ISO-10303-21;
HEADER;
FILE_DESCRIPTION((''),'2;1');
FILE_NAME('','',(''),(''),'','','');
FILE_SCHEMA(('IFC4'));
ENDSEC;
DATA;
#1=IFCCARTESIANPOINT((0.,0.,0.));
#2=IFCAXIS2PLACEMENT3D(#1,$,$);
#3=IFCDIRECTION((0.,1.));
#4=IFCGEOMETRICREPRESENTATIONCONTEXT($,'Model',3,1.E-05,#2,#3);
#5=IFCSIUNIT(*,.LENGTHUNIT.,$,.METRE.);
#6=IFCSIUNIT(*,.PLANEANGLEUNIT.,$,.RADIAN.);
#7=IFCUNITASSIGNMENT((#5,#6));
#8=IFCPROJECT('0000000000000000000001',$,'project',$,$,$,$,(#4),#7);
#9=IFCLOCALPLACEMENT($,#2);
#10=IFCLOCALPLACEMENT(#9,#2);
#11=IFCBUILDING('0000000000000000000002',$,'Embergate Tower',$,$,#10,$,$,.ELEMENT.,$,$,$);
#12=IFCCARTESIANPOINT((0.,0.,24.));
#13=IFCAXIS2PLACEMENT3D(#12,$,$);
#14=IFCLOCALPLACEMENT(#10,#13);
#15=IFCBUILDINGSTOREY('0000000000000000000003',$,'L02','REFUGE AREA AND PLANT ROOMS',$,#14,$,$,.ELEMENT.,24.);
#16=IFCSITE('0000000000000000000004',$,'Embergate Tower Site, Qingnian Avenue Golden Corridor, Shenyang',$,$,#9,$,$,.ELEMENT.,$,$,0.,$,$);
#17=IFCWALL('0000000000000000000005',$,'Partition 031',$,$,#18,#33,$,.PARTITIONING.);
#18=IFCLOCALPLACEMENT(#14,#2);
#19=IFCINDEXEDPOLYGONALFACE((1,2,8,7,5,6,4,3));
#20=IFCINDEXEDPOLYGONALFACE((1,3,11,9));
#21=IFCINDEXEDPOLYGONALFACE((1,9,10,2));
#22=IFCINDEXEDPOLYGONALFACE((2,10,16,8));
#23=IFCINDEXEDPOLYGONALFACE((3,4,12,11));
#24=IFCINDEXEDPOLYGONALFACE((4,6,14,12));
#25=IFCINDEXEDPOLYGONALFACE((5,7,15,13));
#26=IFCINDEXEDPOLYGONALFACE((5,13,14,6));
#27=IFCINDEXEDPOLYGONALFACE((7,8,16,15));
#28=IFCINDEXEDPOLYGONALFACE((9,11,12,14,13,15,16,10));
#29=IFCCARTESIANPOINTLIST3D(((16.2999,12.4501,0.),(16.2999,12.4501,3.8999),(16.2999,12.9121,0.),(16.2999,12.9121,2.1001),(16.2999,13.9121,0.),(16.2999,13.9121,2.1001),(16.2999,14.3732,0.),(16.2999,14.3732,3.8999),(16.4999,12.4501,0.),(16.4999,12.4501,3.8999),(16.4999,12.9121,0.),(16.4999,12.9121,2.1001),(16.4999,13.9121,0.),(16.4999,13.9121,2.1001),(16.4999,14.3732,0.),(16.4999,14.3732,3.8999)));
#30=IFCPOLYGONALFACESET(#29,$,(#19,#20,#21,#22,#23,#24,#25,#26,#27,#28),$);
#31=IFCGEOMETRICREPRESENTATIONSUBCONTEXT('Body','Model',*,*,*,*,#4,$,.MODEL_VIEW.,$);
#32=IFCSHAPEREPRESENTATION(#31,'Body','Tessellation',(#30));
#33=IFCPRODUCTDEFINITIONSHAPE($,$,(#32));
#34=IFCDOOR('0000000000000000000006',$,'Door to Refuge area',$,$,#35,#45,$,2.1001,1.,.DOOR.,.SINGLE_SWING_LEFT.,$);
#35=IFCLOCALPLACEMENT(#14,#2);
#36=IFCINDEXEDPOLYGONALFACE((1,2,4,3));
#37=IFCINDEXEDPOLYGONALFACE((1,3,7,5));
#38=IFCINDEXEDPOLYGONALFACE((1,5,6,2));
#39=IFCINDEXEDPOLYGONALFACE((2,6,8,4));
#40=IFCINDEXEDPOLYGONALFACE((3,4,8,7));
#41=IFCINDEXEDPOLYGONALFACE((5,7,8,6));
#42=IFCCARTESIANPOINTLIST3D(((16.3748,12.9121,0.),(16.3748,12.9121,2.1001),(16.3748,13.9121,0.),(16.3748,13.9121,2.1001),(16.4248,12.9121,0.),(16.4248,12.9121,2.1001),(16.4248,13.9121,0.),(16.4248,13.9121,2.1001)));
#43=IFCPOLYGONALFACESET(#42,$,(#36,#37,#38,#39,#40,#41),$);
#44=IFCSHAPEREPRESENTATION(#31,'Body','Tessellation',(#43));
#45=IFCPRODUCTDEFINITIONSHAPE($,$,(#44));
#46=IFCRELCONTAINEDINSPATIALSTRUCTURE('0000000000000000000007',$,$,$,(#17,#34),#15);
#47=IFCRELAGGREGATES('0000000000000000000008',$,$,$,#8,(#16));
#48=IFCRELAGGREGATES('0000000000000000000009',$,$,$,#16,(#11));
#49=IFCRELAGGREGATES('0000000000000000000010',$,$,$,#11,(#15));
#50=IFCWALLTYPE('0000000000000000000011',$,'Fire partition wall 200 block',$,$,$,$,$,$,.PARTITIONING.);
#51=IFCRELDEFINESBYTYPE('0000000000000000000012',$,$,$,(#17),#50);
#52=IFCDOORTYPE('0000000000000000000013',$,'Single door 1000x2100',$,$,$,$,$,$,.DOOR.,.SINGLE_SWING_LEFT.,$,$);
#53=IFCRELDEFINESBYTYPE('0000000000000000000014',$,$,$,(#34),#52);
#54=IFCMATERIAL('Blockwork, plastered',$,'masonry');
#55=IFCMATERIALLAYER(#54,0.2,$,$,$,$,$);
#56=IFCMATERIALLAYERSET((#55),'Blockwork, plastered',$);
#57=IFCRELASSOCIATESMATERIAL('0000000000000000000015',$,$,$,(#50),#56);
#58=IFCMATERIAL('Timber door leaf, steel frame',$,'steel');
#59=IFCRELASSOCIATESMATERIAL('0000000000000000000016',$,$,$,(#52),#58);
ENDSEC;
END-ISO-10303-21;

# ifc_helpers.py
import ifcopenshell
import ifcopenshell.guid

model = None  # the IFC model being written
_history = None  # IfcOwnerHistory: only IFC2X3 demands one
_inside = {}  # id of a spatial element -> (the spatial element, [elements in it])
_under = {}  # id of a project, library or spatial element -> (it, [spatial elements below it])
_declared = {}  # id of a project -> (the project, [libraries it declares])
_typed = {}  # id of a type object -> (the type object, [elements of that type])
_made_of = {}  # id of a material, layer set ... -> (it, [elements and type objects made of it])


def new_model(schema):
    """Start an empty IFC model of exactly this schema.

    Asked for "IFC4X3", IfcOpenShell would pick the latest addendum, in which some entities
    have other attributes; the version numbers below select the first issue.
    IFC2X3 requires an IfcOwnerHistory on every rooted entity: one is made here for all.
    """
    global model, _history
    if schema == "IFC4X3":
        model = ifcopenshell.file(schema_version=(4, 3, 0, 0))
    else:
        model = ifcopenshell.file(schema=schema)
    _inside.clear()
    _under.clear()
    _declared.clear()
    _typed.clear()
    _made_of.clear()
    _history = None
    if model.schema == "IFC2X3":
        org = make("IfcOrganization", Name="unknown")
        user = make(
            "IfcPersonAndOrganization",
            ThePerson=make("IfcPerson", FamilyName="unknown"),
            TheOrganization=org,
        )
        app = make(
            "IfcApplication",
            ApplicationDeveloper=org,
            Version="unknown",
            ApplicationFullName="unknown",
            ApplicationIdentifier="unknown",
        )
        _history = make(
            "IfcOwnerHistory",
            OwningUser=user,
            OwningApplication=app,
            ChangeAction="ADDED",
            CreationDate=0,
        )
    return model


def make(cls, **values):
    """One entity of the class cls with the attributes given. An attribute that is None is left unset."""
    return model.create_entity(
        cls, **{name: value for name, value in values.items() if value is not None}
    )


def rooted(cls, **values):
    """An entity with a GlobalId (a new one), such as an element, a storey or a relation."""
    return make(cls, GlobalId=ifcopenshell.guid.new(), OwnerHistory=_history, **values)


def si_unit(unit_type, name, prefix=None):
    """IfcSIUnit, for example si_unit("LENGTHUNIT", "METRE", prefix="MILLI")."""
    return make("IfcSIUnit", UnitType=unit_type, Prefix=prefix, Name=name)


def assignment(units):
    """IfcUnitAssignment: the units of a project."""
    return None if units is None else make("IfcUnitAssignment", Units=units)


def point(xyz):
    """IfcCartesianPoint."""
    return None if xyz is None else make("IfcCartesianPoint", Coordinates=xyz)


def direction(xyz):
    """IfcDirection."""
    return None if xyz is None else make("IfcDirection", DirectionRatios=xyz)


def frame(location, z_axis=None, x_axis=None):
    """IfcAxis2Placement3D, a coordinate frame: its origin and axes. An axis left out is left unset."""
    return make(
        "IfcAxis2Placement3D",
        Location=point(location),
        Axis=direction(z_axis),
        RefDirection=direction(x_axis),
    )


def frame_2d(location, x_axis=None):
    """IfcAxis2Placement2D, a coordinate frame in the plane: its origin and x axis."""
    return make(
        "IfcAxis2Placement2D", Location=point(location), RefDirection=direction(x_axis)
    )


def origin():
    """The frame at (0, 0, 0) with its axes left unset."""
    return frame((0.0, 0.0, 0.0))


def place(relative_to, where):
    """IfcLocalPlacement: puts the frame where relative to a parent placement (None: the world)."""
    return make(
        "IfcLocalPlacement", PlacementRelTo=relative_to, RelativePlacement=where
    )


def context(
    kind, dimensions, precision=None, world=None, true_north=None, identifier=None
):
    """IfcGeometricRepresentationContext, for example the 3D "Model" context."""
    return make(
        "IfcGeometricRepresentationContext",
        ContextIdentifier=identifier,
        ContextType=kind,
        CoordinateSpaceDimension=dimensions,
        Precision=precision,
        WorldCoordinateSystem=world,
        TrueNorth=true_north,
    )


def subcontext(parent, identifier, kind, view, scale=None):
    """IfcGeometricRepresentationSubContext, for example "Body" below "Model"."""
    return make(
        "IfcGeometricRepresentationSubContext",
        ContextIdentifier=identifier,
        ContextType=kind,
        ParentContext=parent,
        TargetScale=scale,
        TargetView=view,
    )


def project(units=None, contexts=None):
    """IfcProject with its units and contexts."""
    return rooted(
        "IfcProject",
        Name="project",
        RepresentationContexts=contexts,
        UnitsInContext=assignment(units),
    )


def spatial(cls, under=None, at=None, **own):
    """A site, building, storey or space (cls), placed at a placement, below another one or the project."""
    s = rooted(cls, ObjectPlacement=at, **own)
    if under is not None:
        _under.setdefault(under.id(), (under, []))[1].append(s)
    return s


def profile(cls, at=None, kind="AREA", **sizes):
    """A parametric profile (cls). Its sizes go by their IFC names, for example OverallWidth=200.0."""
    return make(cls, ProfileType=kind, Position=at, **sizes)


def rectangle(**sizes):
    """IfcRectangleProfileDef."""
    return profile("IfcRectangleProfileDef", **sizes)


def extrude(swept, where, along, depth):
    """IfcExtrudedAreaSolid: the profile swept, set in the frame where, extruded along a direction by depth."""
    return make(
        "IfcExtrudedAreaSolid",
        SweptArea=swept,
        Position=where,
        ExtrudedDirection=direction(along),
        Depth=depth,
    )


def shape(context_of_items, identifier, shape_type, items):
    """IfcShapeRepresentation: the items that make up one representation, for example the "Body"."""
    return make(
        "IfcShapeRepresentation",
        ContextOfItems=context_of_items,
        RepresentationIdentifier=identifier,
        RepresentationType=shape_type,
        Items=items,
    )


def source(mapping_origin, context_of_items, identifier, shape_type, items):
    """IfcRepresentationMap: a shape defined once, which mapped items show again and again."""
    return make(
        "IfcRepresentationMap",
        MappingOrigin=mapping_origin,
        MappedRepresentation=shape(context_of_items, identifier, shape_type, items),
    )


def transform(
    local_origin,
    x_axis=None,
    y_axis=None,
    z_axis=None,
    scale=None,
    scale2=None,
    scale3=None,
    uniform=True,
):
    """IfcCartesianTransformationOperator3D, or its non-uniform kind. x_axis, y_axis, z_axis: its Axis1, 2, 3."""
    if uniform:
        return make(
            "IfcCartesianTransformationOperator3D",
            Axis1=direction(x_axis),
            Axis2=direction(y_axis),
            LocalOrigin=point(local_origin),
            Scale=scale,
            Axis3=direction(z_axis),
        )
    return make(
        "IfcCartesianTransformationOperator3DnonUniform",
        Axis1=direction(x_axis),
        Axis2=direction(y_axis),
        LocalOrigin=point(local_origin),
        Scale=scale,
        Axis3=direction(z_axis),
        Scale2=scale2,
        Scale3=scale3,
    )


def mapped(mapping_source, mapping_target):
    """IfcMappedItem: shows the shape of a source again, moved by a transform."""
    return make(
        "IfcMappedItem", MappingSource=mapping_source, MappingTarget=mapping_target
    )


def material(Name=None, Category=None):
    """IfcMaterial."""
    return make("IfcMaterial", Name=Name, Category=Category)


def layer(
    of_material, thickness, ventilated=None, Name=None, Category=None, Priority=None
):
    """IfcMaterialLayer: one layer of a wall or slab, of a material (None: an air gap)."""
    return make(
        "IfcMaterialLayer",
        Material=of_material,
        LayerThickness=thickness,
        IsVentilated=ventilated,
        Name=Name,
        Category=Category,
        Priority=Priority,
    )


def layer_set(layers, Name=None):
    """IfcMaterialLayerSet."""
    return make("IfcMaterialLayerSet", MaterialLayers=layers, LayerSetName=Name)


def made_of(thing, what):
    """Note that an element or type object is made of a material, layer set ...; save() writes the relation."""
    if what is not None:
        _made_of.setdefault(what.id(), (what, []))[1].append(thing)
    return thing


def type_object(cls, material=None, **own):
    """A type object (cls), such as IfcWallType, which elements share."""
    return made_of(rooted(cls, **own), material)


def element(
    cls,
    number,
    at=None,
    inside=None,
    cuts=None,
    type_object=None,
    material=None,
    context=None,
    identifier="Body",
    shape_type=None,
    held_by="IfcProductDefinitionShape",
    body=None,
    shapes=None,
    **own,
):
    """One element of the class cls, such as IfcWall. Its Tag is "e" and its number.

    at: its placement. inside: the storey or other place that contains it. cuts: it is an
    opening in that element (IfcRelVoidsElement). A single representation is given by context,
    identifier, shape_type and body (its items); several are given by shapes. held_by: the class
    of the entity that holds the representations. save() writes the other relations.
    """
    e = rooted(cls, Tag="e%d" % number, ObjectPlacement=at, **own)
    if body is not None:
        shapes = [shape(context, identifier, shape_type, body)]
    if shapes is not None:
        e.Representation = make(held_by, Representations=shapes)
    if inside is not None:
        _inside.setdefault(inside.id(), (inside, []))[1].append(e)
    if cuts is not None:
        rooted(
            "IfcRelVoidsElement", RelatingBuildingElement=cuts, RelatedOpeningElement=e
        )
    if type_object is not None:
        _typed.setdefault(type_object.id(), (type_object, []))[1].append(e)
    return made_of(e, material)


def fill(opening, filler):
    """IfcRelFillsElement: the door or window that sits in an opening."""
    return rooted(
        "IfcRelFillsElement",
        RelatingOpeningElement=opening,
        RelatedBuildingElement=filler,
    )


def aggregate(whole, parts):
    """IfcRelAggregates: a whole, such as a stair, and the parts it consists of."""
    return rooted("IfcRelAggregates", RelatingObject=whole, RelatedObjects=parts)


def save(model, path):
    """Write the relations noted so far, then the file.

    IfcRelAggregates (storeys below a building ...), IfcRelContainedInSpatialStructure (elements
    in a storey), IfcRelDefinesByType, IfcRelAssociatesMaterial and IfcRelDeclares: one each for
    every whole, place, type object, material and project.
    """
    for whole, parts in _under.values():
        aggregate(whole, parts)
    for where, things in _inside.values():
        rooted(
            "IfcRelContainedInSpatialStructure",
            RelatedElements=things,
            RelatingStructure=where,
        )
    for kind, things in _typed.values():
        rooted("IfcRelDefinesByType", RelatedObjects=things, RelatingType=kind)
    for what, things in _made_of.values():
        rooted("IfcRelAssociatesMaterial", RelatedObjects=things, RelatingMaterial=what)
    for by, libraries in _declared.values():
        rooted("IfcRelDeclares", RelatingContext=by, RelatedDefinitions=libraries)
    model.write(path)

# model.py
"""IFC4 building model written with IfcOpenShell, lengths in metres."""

from ifc_helpers import new_model, si_unit, direction, frame, frame_2d, origin, place, context, subcontext, project, spatial, rectangle, extrude, source, transform, mapped, material, layer, layer_set, type_object, element, fill, save


model = new_model("IFC4")

# Units and contexts
model_context = context("Model", 3, precision=1e-05, world=origin(), true_north=direction((0.0, 1.0)))
body_context = subcontext(model_context, "Body", "Model", "MODEL_VIEW")
ifc_project = project(units=[si_unit("LENGTHUNIT", "METRE"), si_unit("PLANEANGLEUNIT", "RADIAN")], contexts=[model_context])

# Site, building, storey
site_placement = place(None, origin())
site = spatial("IfcSite", under=ifc_project, at=site_placement, Name="Embergate Tower Site, Qingnian Avenue Golden Corridor, Shenyang", CompositionType="ELEMENT", RefElevation=0.0)
building_placement = place(site_placement, origin())
building = spatial("IfcBuilding", under=site, at=building_placement, Name="Embergate Tower", CompositionType="ELEMENT")
storey_placement = place(building_placement, frame((0.0, 0.0, 24.0)))
storey = spatial("IfcBuildingStorey", under=building, at=storey_placement, Name="L02", Description="REFUGE AREA AND PLANT ROOMS", CompositionType="ELEMENT", Elevation=24.0)

# Shared definitions
ifc_material_1 = material(Name="Blockwork, plastered", Category="masonry")
ifc_layer_1 = layer(ifc_material_1, 0.2)
ifc_layer_set_1 = layer_set([ifc_layer_1], Name="Blockwork, plastered")
wall_type_1 = type_object("IfcWallType", Name="Fire partition wall 200 block", PredefinedType="PARTITIONING", material=ifc_layer_set_1)

# Wall, opening, door
shared_shape_1 = source(origin(), body_context, "Body", "SweptSolid", [
    extrude(rectangle(XDim=1.9231, YDim=0.2, at=frame_2d((0.9614, 0.0))), origin(), (0.0, 0.0, 1.0), 3.8999),
])
wall_1_placement = place(storey_placement, frame((16.3999, 14.373, 0.0), z_axis=(0.0, 0.0, 1.0), x_axis=(0.0, -1.0, 0.0)))
wall_1 = element("IfcWall", 1, at=wall_1_placement, inside=storey, type_object=wall_type_1, Name="Partition 031", PredefinedType="PARTITIONING", context=body_context, shape_type="MappedRepresentation", body=[
    mapped(shared_shape_1, transform((0.0, 0.0, 0.0))),
])
shared_shape_2 = source(origin(), body_context, "Body", "SweptSolid", [
    extrude(rectangle(XDim=1.0, YDim=2.1001, at=frame_2d((0.5, 1.05))), frame((0.0, 0.1099, 0.0), z_axis=(0.0, -1.0, 0.0), x_axis=(1.0, 0.0, 0.0)), (0.0, 0.0, 1.0), 0.22),
])
opening_placement = place(wall_1_placement, frame((0.4609, 0.0, 0.0)))
opening = element("IfcOpeningElement", 2, at=opening_placement, cuts=wall_1, PredefinedType="OPENING", context=body_context, shape_type="MappedRepresentation", body=[
    mapped(shared_shape_2, transform((0.0, 0.0, 0.0))),
])
ifc_material_2 = material(Name="Timber door leaf, steel frame", Category="steel")
door_type = type_object("IfcDoorType", Name="Single door 1000x2100", OperationType="SINGLE_SWING_LEFT", PredefinedType="DOOR", material=ifc_material_2)
shared_shape_3 = source(origin(), body_context, "Body", "SweptSolid", [
    extrude(rectangle(XDim=1.0, YDim=2.1001, at=frame_2d((0.5, 1.05))), frame((0.0, 0.0249, 0.0), z_axis=(0.0, -1.0, 0.0), x_axis=(1.0, 0.0, 0.0)), (0.0, 0.0, 1.0), 0.05),
])
door_placement = place(opening_placement, origin())
door = element("IfcDoor", 3, at=door_placement, inside=storey, type_object=door_type, Name="Door to Refuge area", OperationType="SINGLE_SWING_LEFT", OverallHeight=2.1001, OverallWidth=1.0, PredefinedType="DOOR", context=body_context, shape_type="MappedRepresentation", body=[
    mapped(shared_shape_3, transform((0.0, 0.0, 0.0))),
])
fill(opening, door)

save(model, "model.ifc")
